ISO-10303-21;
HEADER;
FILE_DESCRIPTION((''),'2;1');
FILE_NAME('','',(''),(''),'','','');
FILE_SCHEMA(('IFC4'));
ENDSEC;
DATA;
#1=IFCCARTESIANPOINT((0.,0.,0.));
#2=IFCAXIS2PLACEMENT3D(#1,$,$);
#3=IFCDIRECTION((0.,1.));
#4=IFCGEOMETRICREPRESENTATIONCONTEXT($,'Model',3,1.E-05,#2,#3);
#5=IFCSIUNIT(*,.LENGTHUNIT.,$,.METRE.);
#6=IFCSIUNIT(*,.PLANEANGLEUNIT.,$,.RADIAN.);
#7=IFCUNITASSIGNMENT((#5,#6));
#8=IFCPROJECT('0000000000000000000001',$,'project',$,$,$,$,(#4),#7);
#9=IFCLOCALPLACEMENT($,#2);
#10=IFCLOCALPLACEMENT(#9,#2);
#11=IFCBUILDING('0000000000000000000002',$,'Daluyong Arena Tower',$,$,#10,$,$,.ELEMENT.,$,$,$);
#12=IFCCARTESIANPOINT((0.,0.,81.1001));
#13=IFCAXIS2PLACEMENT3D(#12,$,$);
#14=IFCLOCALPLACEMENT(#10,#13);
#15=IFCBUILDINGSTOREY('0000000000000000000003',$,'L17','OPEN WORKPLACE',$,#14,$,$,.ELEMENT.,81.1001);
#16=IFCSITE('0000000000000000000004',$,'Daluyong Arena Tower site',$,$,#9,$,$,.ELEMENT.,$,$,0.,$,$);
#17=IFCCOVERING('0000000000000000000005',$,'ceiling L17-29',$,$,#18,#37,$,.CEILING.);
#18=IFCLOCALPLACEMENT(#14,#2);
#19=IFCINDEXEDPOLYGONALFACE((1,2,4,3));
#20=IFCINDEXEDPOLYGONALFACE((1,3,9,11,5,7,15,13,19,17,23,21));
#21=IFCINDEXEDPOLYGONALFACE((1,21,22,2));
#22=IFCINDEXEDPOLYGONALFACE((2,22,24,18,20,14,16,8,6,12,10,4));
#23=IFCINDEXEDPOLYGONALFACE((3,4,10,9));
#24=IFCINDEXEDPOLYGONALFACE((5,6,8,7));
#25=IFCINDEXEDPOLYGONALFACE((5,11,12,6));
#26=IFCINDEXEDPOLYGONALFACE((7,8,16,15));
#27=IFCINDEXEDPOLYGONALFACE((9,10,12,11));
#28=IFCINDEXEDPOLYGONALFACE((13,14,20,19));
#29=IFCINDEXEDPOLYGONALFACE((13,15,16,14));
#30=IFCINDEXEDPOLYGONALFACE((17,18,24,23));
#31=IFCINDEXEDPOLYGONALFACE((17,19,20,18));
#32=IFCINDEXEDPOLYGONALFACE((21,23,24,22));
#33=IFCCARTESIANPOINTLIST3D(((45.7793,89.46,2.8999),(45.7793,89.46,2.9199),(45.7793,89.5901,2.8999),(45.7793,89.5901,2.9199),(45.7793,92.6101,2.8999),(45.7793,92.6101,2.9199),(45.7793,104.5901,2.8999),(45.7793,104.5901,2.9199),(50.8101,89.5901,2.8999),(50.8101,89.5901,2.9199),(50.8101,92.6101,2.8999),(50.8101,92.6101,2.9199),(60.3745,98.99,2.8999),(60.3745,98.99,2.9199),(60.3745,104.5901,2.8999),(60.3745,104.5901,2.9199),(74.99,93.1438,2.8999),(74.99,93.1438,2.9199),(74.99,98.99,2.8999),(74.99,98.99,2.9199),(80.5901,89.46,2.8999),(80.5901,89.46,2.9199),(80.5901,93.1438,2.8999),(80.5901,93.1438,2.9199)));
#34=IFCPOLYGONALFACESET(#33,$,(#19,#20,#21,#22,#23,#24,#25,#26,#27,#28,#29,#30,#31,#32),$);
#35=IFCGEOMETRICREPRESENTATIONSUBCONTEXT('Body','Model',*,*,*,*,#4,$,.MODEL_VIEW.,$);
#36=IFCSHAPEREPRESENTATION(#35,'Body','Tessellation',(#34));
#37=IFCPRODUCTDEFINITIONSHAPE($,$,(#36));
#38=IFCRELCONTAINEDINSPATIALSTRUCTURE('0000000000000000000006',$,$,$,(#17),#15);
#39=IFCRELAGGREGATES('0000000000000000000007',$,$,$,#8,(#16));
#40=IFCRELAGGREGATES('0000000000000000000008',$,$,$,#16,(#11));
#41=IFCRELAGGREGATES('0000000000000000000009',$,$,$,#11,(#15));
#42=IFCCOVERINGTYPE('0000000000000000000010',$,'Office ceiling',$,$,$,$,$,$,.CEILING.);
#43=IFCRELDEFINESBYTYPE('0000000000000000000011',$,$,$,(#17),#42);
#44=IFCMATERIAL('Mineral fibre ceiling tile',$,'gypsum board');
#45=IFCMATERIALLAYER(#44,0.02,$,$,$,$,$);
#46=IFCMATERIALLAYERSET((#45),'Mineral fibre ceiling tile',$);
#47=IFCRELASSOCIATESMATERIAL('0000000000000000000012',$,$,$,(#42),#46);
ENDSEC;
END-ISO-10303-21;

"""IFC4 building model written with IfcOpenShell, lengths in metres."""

from ifc_helpers import new_model, si_unit, direction, frame, origin, place, context, subcontext, project, spatial, polyline, outline, extrude, material, layer, layer_set, type_object, element, save


model = new_model("IFC4")

# Units and contexts
model_context = context("Model", 3, precision=1e-05, world=origin(), true_north=direction((0.0, 1.0)))
body_context = subcontext(model_context, "Body", "Model", "MODEL_VIEW")
ifc_project = project(units=[si_unit("LENGTHUNIT", "METRE"), si_unit("PLANEANGLEUNIT", "RADIAN")], contexts=[model_context])

# Site, building, storey
site_placement = place(None, origin())
site = spatial("IfcSite", under=ifc_project, at=site_placement, Name="Daluyong Arena Tower site", CompositionType="ELEMENT", RefElevation=0.0)
building_placement = place(site_placement, origin())
building = spatial("IfcBuilding", under=site, at=building_placement, Name="Daluyong Arena Tower", CompositionType="ELEMENT")
storey_placement = place(building_placement, frame((0.0, 0.0, 81.1001)))
storey = spatial("IfcBuildingStorey", under=building, at=storey_placement, Name="L17", Description="OPEN WORKPLACE", CompositionType="ELEMENT", Elevation=81.1001)

# Covering
ifc_material_1 = material(Name="Mineral fibre ceiling tile", Category="gypsum board")
ifc_layer_1 = layer(ifc_material_1, 0.02)
ifc_layer_set_1 = layer_set([ifc_layer_1], Name="Mineral fibre ceiling tile")
covering_type = type_object("IfcCoveringType", Name="Office ceiling", PredefinedType="CEILING", material=ifc_layer_set_1)
covering_1_placement = place(storey_placement, frame((0.0, 0.0, 2.8999)))
element("IfcCovering", 1, at=covering_1_placement, inside=storey, type_object=covering_type, Name="ceiling L17-29", PredefinedType="CEILING", context=body_context, shape_type="SweptSolid", body=[
    extrude(outline(polyline([(60.3745, 98.99), (60.3745, 104.5901), (45.7793, 104.5901), (45.7793, 92.6101), (50.8101, 92.6101), (50.8101, 89.5901), (45.7793, 89.5901), (45.7793, 89.46), (80.5901, 89.46), (80.5901, 93.1438), (74.99, 93.1438), (74.99, 98.99), (60.3745, 98.99)])), origin(), (0.0, 0.0, 1.0), 0.02),
])

save(model, "model.ifc")
